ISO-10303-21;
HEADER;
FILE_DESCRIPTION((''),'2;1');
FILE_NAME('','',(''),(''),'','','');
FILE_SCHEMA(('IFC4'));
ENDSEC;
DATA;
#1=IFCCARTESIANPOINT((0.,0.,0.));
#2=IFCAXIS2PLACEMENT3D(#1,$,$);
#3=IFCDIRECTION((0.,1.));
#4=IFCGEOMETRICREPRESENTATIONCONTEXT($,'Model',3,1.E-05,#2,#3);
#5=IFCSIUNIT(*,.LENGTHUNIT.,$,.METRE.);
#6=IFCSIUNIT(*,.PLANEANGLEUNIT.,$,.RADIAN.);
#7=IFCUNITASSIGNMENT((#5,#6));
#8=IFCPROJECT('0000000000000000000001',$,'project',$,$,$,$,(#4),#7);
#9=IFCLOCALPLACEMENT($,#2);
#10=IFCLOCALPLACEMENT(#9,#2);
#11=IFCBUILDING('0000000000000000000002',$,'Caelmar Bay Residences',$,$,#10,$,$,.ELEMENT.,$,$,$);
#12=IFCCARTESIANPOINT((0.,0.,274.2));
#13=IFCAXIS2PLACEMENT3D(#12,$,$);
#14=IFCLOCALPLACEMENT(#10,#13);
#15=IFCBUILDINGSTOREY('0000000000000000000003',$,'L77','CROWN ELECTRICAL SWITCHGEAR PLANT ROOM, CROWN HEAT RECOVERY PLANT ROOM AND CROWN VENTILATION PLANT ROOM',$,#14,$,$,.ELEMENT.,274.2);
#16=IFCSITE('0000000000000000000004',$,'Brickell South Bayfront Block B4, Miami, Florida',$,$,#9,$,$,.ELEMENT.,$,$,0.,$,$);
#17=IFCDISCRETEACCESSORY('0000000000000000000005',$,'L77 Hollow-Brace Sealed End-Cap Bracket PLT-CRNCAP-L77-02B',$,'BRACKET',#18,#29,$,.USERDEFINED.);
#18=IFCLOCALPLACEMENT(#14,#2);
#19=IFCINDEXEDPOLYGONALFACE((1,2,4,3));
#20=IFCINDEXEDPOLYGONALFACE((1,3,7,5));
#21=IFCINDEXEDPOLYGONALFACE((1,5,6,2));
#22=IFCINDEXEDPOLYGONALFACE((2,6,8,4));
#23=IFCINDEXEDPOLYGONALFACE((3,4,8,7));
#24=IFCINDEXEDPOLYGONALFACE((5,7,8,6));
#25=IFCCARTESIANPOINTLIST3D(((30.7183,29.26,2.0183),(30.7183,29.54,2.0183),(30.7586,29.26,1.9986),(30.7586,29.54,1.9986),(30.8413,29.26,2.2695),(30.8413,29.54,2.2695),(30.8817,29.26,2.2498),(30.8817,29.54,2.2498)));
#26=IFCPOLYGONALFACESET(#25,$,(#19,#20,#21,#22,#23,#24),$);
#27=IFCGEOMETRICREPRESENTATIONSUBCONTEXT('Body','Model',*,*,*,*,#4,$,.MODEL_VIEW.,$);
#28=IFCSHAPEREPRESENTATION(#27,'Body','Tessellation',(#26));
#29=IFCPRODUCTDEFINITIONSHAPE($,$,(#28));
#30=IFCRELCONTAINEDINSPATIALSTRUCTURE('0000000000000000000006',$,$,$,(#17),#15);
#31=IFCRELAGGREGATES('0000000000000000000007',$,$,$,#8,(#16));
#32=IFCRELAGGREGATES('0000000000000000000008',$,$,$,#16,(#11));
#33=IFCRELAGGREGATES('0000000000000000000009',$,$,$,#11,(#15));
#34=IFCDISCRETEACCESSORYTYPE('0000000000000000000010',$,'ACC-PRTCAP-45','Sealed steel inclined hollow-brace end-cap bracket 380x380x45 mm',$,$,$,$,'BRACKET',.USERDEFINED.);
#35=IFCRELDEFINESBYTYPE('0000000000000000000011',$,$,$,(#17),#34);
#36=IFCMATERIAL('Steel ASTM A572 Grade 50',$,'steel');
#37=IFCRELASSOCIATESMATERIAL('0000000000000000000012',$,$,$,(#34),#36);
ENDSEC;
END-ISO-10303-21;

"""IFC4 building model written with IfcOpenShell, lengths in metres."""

from ifc_helpers import new_model, si_unit, direction, frame, origin, place, context, subcontext, project, spatial, polyline, outline, extrude, material, type_object, element, save


model = new_model("IFC4")

# Units and contexts
model_context = context("Model", 3, precision=1e-05, world=origin(), true_north=direction((0.0, 1.0)))
body_context = subcontext(model_context, "Body", "Model", "MODEL_VIEW")
ifc_project = project(units=[si_unit("LENGTHUNIT", "METRE"), si_unit("PLANEANGLEUNIT", "RADIAN")], contexts=[model_context])

# Site, building, storey
site_placement = place(None, origin())
site = spatial("IfcSite", under=ifc_project, at=site_placement, Name="Brickell South Bayfront Block B4, Miami, Florida", CompositionType="ELEMENT", RefElevation=0.0)
building_placement = place(site_placement, origin())
building = spatial("IfcBuilding", under=site, at=building_placement, Name="Caelmar Bay Residences", CompositionType="ELEMENT")
storey_placement = place(building_placement, frame((0.0, 0.0, 274.2)))
storey = spatial("IfcBuildingStorey", under=building, at=storey_placement, Name="L77", Description="CROWN ELECTRICAL SWITCHGEAR PLANT ROOM, CROWN HEAT RECOVERY PLANT ROOM AND CROWN VENTILATION PLANT ROOM", CompositionType="ELEMENT", Elevation=274.2)

# Shared definitions
ifc_material_1 = material(Name="Steel ASTM A572 Grade 50", Category="steel")

# Discrete accessory
discrete_accessory_type = type_object("IfcDiscreteAccessoryType", Name="ACC-PRTCAP-45", Description="Sealed steel inclined hollow-brace end-cap bracket 380x380x45 mm", ElementType="BRACKET", PredefinedType="USERDEFINED", material=ifc_material_1)
discrete_accessory_1_placement = place(storey_placement, frame((30.7183, 29.54, 2.0183), z_axis=(-0.898063, 0.0, 0.439867), x_axis=(0.0, -1.0, 0.0)))
element("IfcDiscreteAccessory", 1, at=discrete_accessory_1_placement, inside=storey, type_object=discrete_accessory_type, Name="L77 Hollow-Brace Sealed End-Cap Bracket PLT-CRNCAP-L77-02B", ObjectType="BRACKET", PredefinedType="USERDEFINED", context=body_context, shape_type="SweptSolid", body=[
    extrude(outline(polyline([(0.0, 0.0), (0.28, 0.0), (0.28, 0.2797), (0.0, 0.2797), (0.0, 0.0)])), origin(), (0.0, 0.0, -1.0), 0.0449),
])

save(model, "model.ifc")
